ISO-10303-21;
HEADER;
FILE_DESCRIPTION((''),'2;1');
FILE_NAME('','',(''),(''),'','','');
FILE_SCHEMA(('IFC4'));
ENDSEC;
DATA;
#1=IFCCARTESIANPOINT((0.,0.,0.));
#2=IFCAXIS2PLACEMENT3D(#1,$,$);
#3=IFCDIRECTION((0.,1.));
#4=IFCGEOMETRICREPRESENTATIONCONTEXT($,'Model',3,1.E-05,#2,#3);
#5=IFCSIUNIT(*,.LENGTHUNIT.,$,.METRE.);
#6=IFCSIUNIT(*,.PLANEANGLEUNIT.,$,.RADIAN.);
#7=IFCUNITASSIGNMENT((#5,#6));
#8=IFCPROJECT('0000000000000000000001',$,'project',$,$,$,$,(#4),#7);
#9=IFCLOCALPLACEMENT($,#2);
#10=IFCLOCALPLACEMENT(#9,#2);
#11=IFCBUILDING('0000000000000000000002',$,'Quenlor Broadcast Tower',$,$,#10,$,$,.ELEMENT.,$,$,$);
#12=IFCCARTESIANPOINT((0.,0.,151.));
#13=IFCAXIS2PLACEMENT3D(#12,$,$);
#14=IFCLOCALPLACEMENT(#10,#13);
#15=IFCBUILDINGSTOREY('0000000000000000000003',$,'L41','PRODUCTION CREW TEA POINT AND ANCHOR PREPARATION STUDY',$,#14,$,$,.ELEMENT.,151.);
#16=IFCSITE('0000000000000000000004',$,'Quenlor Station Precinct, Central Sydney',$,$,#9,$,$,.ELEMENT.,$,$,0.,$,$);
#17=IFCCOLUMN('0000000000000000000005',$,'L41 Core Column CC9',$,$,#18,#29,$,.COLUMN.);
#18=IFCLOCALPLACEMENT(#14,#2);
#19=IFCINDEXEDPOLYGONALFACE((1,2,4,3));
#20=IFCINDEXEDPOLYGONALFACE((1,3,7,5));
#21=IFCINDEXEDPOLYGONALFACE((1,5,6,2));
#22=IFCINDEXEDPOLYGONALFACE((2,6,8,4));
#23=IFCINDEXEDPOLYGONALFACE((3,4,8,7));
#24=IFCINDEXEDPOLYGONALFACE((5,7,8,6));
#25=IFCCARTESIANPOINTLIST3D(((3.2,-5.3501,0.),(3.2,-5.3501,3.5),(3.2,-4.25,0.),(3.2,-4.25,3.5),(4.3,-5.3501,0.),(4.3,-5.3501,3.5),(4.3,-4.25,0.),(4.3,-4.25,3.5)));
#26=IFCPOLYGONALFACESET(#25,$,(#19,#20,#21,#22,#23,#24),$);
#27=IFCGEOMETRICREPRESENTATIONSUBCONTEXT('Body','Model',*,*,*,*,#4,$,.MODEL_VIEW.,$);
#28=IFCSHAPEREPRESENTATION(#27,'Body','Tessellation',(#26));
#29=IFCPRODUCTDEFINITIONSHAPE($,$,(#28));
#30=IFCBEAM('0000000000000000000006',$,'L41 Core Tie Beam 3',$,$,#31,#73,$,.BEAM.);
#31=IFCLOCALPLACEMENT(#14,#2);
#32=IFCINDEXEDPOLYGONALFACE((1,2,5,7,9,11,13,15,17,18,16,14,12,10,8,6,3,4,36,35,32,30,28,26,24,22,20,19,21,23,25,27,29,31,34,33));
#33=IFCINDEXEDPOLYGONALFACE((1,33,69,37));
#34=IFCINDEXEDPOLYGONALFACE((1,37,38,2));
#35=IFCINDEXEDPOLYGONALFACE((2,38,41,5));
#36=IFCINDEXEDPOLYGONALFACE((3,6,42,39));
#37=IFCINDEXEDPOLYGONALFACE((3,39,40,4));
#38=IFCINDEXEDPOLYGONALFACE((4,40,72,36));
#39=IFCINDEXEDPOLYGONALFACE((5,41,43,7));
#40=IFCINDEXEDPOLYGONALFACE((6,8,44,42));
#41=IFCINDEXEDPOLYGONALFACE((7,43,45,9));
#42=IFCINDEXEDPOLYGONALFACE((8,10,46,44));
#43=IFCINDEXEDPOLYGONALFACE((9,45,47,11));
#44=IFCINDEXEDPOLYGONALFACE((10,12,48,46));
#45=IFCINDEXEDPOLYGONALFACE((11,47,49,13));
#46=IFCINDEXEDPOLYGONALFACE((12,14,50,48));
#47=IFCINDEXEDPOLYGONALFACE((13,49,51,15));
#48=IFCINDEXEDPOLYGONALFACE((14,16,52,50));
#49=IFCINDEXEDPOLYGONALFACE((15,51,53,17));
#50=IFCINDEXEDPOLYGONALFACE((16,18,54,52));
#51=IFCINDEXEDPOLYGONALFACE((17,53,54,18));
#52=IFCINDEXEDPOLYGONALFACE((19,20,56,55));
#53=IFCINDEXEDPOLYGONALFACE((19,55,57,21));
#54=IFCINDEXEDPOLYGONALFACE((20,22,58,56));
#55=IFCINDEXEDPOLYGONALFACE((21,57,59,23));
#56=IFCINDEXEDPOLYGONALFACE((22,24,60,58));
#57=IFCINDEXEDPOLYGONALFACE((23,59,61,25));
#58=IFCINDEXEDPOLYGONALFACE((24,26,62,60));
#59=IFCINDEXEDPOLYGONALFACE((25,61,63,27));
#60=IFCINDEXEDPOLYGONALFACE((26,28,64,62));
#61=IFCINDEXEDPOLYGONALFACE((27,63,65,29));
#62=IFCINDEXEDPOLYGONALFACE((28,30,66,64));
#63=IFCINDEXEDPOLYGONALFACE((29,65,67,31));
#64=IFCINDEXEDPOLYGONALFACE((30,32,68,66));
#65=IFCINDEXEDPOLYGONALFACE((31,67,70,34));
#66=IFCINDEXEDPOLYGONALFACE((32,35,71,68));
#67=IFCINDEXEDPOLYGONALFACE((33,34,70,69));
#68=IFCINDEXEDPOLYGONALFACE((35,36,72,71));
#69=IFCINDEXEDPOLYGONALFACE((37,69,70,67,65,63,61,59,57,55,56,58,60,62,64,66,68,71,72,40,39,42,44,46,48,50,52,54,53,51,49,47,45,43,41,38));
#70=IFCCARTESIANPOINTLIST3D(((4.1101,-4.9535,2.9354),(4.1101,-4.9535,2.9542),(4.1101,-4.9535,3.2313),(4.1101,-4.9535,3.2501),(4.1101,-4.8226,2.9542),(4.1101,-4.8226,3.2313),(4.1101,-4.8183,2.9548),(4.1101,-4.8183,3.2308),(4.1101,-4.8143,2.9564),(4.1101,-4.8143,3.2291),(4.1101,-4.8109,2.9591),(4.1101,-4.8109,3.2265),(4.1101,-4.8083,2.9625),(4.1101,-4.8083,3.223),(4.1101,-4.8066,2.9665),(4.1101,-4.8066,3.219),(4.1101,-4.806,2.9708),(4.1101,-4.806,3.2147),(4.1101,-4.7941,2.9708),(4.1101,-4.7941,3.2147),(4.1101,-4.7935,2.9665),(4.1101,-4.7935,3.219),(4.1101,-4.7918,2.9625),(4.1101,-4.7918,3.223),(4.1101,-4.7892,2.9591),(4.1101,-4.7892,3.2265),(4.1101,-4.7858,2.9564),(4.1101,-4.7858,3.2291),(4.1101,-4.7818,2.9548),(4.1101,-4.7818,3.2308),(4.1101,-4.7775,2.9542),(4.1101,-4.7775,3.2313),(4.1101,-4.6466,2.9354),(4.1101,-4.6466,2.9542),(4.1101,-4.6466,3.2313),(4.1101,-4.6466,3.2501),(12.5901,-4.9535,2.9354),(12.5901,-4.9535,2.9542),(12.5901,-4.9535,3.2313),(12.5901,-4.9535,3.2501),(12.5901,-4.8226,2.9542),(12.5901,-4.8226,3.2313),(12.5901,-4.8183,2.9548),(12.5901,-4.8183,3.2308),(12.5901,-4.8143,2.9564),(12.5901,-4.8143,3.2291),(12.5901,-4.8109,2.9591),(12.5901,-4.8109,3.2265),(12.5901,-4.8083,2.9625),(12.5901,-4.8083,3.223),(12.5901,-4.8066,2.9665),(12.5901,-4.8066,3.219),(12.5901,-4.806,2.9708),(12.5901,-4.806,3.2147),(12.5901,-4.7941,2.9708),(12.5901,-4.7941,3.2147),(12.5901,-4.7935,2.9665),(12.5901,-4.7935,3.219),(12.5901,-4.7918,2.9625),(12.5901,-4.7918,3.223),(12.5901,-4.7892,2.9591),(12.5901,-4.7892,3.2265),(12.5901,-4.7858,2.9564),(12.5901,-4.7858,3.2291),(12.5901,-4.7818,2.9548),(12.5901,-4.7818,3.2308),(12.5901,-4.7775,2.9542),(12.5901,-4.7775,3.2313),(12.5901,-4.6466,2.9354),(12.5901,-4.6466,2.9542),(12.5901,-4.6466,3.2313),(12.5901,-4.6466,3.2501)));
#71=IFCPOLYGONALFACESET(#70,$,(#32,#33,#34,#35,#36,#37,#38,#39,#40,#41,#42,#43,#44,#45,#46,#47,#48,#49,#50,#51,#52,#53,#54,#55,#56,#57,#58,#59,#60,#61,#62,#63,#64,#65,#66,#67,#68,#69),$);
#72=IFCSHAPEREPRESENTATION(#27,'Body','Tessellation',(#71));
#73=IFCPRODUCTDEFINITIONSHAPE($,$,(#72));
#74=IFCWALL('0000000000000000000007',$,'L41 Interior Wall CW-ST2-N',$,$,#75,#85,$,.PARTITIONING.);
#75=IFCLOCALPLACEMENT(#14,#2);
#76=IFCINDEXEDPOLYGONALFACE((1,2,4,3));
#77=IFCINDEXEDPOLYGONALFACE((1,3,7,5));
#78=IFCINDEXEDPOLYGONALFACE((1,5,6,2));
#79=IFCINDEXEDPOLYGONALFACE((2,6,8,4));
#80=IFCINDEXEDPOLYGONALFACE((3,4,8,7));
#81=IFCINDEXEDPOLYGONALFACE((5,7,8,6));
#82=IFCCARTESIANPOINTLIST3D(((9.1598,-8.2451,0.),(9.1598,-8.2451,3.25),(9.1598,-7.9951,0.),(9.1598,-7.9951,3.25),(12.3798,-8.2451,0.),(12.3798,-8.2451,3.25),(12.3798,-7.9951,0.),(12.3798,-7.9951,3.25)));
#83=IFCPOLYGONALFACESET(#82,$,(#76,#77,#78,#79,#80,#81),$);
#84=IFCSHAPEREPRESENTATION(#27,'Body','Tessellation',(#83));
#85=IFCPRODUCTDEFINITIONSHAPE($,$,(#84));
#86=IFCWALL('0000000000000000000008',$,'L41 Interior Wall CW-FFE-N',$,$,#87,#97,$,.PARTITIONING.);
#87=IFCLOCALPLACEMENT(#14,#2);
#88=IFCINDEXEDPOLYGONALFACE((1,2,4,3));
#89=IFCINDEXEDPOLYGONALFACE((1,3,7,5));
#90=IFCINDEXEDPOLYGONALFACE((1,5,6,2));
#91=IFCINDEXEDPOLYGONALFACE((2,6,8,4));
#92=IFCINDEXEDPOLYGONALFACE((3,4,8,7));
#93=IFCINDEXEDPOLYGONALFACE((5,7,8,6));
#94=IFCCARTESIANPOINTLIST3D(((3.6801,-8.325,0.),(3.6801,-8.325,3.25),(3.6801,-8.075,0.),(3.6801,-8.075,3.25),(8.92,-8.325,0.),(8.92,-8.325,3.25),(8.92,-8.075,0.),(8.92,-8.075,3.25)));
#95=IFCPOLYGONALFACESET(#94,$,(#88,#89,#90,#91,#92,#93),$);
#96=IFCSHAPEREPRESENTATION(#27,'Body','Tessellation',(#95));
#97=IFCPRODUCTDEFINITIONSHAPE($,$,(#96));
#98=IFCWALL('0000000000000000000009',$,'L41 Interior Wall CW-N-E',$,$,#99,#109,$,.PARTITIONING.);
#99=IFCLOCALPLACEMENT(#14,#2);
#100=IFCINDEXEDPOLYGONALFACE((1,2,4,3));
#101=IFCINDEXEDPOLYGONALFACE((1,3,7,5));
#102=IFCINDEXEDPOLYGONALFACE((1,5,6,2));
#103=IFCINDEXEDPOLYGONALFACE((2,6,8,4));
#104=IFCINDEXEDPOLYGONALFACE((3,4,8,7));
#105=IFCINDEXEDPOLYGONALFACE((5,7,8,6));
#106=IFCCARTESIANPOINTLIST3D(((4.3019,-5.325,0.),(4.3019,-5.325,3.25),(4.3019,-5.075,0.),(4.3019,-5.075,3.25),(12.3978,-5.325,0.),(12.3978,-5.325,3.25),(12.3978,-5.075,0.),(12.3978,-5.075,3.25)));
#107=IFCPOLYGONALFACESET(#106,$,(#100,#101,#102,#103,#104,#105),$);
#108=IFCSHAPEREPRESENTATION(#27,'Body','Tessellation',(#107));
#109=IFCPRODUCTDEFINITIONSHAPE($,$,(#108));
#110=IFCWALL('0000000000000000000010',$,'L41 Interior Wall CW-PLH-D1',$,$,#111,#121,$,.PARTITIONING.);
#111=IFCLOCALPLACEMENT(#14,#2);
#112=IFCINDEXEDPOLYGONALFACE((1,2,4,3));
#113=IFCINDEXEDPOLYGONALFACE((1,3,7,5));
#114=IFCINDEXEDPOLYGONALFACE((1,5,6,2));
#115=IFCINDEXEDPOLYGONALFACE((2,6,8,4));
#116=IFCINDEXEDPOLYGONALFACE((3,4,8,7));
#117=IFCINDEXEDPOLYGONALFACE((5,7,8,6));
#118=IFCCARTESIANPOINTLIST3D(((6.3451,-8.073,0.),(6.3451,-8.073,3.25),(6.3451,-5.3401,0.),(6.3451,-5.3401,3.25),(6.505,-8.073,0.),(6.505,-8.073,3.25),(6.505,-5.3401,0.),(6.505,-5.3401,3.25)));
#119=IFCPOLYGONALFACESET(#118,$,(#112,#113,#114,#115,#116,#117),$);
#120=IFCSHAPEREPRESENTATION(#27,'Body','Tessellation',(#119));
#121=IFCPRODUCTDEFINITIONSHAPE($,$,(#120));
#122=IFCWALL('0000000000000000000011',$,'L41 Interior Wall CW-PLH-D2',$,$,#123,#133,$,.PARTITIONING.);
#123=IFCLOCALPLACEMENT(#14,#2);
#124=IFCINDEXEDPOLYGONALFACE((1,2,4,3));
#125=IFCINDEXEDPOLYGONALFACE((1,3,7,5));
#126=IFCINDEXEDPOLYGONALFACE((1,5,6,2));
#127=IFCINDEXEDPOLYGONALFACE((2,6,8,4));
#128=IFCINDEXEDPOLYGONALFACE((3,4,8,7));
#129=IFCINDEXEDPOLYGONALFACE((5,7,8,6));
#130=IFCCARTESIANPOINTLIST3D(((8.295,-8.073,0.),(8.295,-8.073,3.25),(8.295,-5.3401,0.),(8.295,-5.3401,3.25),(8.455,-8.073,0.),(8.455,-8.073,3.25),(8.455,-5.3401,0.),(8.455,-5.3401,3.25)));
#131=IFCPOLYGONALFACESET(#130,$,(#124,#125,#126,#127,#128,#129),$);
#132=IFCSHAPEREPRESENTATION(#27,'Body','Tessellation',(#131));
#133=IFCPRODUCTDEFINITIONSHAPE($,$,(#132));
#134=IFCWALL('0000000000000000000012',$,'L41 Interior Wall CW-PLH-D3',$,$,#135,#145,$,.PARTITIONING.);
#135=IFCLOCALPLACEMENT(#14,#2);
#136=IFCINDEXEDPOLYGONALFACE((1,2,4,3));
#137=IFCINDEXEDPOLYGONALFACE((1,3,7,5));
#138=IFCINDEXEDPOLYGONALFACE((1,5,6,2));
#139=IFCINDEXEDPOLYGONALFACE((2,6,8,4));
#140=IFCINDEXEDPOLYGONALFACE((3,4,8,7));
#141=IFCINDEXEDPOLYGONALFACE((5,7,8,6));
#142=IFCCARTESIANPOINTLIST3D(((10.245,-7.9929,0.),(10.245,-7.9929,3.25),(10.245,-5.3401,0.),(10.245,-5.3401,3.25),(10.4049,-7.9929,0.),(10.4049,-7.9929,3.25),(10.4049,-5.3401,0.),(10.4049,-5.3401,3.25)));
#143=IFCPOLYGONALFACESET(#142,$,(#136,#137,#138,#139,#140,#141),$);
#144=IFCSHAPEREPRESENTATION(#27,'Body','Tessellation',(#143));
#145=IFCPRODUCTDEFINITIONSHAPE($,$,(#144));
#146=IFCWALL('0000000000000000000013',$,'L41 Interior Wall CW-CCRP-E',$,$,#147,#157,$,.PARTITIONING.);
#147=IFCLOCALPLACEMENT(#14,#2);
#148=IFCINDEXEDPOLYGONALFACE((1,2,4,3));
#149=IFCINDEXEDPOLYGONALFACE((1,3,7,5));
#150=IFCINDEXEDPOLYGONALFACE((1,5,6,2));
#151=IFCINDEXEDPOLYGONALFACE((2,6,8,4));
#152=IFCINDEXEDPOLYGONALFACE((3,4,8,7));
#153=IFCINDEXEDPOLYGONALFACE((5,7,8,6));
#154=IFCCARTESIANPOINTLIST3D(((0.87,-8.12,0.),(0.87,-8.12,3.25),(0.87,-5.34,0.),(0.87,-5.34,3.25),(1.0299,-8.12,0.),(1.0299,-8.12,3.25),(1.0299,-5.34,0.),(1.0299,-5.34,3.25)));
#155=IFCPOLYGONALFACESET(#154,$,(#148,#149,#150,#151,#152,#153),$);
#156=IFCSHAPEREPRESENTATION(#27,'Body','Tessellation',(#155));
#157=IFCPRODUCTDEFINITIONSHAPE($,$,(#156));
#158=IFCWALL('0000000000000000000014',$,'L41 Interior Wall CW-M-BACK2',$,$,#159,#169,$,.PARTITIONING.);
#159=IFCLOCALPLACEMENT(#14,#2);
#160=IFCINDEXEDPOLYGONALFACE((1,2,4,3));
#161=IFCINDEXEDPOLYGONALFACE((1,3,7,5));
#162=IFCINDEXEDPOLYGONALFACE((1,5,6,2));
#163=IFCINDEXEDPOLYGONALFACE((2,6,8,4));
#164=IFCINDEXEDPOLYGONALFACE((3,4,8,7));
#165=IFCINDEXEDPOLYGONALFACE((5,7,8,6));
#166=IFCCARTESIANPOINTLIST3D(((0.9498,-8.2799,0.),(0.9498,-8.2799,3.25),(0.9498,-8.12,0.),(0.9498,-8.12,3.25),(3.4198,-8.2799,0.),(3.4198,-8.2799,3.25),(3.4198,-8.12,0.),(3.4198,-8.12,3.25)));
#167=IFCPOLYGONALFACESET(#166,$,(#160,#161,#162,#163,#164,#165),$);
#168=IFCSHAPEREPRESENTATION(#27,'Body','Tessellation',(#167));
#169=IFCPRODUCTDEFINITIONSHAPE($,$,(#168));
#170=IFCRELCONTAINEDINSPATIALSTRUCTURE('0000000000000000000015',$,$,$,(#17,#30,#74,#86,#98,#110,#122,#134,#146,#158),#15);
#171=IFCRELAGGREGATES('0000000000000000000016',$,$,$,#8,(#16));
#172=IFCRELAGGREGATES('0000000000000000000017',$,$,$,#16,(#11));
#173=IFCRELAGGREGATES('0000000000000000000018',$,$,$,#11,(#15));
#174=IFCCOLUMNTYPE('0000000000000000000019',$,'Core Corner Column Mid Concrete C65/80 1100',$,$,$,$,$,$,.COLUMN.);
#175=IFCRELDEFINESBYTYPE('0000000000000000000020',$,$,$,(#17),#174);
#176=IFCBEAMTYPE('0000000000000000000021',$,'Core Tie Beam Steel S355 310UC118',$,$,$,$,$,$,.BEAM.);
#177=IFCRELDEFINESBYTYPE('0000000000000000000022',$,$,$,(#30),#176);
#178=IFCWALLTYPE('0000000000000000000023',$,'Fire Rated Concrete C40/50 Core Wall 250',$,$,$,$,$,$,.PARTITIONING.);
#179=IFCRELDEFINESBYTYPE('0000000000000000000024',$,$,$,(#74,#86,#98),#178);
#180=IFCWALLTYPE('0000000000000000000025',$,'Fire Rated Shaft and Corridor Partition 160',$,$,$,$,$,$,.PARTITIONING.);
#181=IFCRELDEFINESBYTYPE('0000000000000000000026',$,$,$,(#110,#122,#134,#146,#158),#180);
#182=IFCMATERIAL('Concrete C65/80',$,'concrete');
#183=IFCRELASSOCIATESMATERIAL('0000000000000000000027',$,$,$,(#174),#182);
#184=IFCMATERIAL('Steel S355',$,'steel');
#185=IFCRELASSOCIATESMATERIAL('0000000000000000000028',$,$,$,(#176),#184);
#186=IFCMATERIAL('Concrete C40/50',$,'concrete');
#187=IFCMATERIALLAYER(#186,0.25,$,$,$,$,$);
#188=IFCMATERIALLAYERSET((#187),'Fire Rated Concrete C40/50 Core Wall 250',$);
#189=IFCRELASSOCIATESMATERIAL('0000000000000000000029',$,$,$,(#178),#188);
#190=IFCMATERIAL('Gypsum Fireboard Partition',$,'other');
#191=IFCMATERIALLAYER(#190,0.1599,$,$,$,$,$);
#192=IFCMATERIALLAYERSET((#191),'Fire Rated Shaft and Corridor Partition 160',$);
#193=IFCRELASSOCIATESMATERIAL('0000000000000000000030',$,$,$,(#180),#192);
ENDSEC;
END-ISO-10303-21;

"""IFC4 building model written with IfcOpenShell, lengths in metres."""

from ifc_helpers import new_model, si_unit, direction, frame, frame_2d, origin, origin_2d, place, context, subcontext, project, spatial, rectangle, i_section, extrude, material, layer, layer_set, material_profile, profile_set, type_object, element, save


model = new_model("IFC4")

# Units and contexts
model_context = context("Model", 3, precision=1e-05, world=origin(), true_north=direction((0.0, 1.0)))
body_context = subcontext(model_context, "Body", "Model", "MODEL_VIEW")
ifc_project = project(units=[si_unit("LENGTHUNIT", "METRE"), si_unit("PLANEANGLEUNIT", "RADIAN")], contexts=[model_context])

# Site, building, storey
site_placement = place(None, origin())
site = spatial("IfcSite", under=ifc_project, at=site_placement, Name="Quenlor Station Precinct, Central Sydney", CompositionType="ELEMENT", RefElevation=0.0)
building_placement = place(site_placement, origin())
building = spatial("IfcBuilding", under=site, at=building_placement, Name="Quenlor Broadcast Tower", CompositionType="ELEMENT")
storey_placement = place(building_placement, frame((0.0, 0.0, 151.0)))
storey = spatial("IfcBuildingStorey", under=building, at=storey_placement, Name="L41", Description="PRODUCTION CREW TEA POINT AND ANCHOR PREPARATION STUDY", CompositionType="ELEMENT", Elevation=151.0)

# Column
ifc_material_1 = material(Name="Concrete C65/80", Category="concrete")
ifc_material_profile_1 = material_profile(ifc_material_1, rectangle(XDim=1.1001, YDim=1.1001, at=origin_2d()))
ifc_profile_set_1 = profile_set([ifc_material_profile_1], Name="Concrete C65/80 RC1100x1100")
column_type = type_object("IfcColumnType", Name="Core Corner Column Mid Concrete C65/80 1100", PredefinedType="COLUMN", material=ifc_profile_set_1)
column_placement = place(storey_placement, frame((3.75, -4.8, 0.0), z_axis=(0.0, 0.0, 1.0), x_axis=(1.0, 0.0, 0.0)))
element("IfcColumn", 1, at=column_placement, inside=storey, type_object=column_type, Name="L41 Core Column CC9", PredefinedType="COLUMN", context=body_context, shape_type="SweptSolid", body=[
    extrude(rectangle(XDim=1.1001, YDim=1.1001, at=origin_2d()), origin(), (0.0, 0.0, 1.0), 3.5),
])

# Beam
ifc_material_2 = material(Name="Steel S355", Category="steel")
ifc_material_profile_2 = material_profile(ifc_material_2, i_section(OverallWidth=0.3069, OverallDepth=0.3147, WebThickness=0.012, FlangeThickness=0.0188, FilletRadius=0.0166, at=origin_2d()))
ifc_profile_set_2 = profile_set([ifc_material_profile_2], Name="Steel S355 310UC118")
beam_type = type_object("IfcBeamType", Name="Core Tie Beam Steel S355 310UC118", PredefinedType="BEAM", material=ifc_profile_set_2)
beam_placement = place(storey_placement, frame((4.1101, -4.8, 3.0928), z_axis=(1.0, 0.0, 0.0), x_axis=(0.0, 1.0, 0.0)))
element("IfcBeam", 2, at=beam_placement, inside=storey, type_object=beam_type, Name="L41 Core Tie Beam 3", PredefinedType="BEAM", context=body_context, shape_type="SweptSolid", body=[
    extrude(i_section(OverallWidth=0.3069, OverallDepth=0.3147, WebThickness=0.012, FlangeThickness=0.0188, FilletRadius=0.0166, at=origin_2d()), origin(), (0.0, 0.0, 1.0), 8.48),
])

# Walls
ifc_material_3 = material(Name="Concrete C40/50", Category="concrete")
ifc_layer_1 = layer(ifc_material_3, 0.25)
ifc_layer_set_1 = layer_set([ifc_layer_1], Name="Fire Rated Concrete C40/50 Core Wall 250")
wall_type_1 = type_object("IfcWallType", Name="Fire Rated Concrete C40/50 Core Wall 250", PredefinedType="PARTITIONING", material=ifc_layer_set_1)
wall_1_placement = place(storey_placement, frame((9.1599, -8.1201, 0.0), z_axis=(0.0, 0.0, 1.0), x_axis=(1.0, 0.0, 0.0)))
element("IfcWall", 3, at=wall_1_placement, inside=storey, type_object=wall_type_1, Name="L41 Interior Wall CW-ST2-N", PredefinedType="PARTITIONING", context=body_context, shape_type="SweptSolid", body=[
    extrude(rectangle(XDim=3.22, YDim=0.25, at=frame_2d((1.6099, 0.0))), origin(), (0.0, 0.0, 1.0), 3.25),
])
wall_2_placement = place(storey_placement, frame((3.6799, -8.2, 0.0), z_axis=(0.0, 0.0, 1.0), x_axis=(1.0, 0.0, 0.0)))
element("IfcWall", 4, at=wall_2_placement, inside=storey, type_object=wall_type_1, Name="L41 Interior Wall CW-FFE-N", PredefinedType="PARTITIONING", context=body_context, shape_type="SweptSolid", body=[
    extrude(rectangle(XDim=5.24, YDim=0.25, at=frame_2d((2.6201, 0.0))), origin(), (0.0, 0.0, 1.0), 3.25),
])
wall_3_placement = place(storey_placement, frame((4.302, -5.2, 0.0), z_axis=(0.0, 0.0, 1.0), x_axis=(1.0, 0.0, 0.0)))
element("IfcWall", 5, at=wall_3_placement, inside=storey, type_object=wall_type_1, Name="L41 Interior Wall CW-N-E", PredefinedType="PARTITIONING", context=body_context, shape_type="SweptSolid", body=[
    extrude(rectangle(XDim=8.0959, YDim=0.25, at=frame_2d((4.0479, 0.0))), origin(), (0.0, 0.0, 1.0), 3.25),
])

# Walls
ifc_material_4 = material(Name="Gypsum Fireboard Partition", Category="other")
ifc_layer_2 = layer(ifc_material_4, 0.1599)
ifc_layer_set_2 = layer_set([ifc_layer_2], Name="Fire Rated Shaft and Corridor Partition 160")
wall_type_2 = type_object("IfcWallType", Name="Fire Rated Shaft and Corridor Partition 160", PredefinedType="PARTITIONING", material=ifc_layer_set_2)
for number, where, z_axis, x_axis, name in (
    (6, (6.425, -8.073, 0.0), (0.0, 0.0, 1.0), (0.0, 1.0, 0.0), "L41 Interior Wall CW-PLH-D1"),
    (7, (8.375, -8.073, 0.0), (0.0, 0.0, 1.0), (0.0, 1.0, 0.0), "L41 Interior Wall CW-PLH-D2"),
):
    element("IfcWall", number, at=place(storey_placement, frame(where, z_axis=z_axis, x_axis=x_axis)), inside=storey, type_object=wall_type_2, Name=name, PredefinedType="PARTITIONING", context=body_context, shape_type="SweptSolid", body=[
        extrude(rectangle(XDim=2.7329, YDim=0.1599, at=frame_2d((1.3665, 0.0))), origin(), (0.0, 0.0, 1.0), 3.25),
    ])
wall_4_placement = place(storey_placement, frame((10.325, -7.9929, 0.0), z_axis=(0.0, 0.0, 1.0), x_axis=(0.0, 1.0, 0.0)))
element("IfcWall", 8, at=wall_4_placement, inside=storey, type_object=wall_type_2, Name="L41 Interior Wall CW-PLH-D3", PredefinedType="PARTITIONING", context=body_context, shape_type="SweptSolid", body=[
    extrude(rectangle(XDim=2.6528, YDim=0.1599, at=frame_2d((1.3264, 0.0))), origin(), (0.0, 0.0, 1.0), 3.25),
])
wall_5_placement = place(storey_placement, frame((0.95, -8.1201, 0.0), z_axis=(0.0, 0.0, 1.0), x_axis=(0.0, 1.0, 0.0)))
element("IfcWall", 9, at=wall_5_placement, inside=storey, type_object=wall_type_2, Name="L41 Interior Wall CW-CCRP-E", PredefinedType="PARTITIONING", context=body_context, shape_type="SweptSolid", body=[
    extrude(rectangle(XDim=2.78, YDim=0.1599, at=frame_2d((1.3901, 0.0))), origin(), (0.0, 0.0, 1.0), 3.25),
])
wall_6_placement = place(storey_placement, frame((0.95, -8.2, 0.0), z_axis=(0.0, 0.0, 1.0), x_axis=(1.0, 0.0, 0.0)))
element("IfcWall", 10, at=wall_6_placement, inside=storey, type_object=wall_type_2, Name="L41 Interior Wall CW-M-BACK2", PredefinedType="PARTITIONING", context=body_context, shape_type="SweptSolid", body=[
    extrude(rectangle(XDim=2.47, YDim=0.1599, at=frame_2d((1.2349, 0.0))), origin(), (0.0, 0.0, 1.0), 3.25),
])

save(model, "model.ifc")
